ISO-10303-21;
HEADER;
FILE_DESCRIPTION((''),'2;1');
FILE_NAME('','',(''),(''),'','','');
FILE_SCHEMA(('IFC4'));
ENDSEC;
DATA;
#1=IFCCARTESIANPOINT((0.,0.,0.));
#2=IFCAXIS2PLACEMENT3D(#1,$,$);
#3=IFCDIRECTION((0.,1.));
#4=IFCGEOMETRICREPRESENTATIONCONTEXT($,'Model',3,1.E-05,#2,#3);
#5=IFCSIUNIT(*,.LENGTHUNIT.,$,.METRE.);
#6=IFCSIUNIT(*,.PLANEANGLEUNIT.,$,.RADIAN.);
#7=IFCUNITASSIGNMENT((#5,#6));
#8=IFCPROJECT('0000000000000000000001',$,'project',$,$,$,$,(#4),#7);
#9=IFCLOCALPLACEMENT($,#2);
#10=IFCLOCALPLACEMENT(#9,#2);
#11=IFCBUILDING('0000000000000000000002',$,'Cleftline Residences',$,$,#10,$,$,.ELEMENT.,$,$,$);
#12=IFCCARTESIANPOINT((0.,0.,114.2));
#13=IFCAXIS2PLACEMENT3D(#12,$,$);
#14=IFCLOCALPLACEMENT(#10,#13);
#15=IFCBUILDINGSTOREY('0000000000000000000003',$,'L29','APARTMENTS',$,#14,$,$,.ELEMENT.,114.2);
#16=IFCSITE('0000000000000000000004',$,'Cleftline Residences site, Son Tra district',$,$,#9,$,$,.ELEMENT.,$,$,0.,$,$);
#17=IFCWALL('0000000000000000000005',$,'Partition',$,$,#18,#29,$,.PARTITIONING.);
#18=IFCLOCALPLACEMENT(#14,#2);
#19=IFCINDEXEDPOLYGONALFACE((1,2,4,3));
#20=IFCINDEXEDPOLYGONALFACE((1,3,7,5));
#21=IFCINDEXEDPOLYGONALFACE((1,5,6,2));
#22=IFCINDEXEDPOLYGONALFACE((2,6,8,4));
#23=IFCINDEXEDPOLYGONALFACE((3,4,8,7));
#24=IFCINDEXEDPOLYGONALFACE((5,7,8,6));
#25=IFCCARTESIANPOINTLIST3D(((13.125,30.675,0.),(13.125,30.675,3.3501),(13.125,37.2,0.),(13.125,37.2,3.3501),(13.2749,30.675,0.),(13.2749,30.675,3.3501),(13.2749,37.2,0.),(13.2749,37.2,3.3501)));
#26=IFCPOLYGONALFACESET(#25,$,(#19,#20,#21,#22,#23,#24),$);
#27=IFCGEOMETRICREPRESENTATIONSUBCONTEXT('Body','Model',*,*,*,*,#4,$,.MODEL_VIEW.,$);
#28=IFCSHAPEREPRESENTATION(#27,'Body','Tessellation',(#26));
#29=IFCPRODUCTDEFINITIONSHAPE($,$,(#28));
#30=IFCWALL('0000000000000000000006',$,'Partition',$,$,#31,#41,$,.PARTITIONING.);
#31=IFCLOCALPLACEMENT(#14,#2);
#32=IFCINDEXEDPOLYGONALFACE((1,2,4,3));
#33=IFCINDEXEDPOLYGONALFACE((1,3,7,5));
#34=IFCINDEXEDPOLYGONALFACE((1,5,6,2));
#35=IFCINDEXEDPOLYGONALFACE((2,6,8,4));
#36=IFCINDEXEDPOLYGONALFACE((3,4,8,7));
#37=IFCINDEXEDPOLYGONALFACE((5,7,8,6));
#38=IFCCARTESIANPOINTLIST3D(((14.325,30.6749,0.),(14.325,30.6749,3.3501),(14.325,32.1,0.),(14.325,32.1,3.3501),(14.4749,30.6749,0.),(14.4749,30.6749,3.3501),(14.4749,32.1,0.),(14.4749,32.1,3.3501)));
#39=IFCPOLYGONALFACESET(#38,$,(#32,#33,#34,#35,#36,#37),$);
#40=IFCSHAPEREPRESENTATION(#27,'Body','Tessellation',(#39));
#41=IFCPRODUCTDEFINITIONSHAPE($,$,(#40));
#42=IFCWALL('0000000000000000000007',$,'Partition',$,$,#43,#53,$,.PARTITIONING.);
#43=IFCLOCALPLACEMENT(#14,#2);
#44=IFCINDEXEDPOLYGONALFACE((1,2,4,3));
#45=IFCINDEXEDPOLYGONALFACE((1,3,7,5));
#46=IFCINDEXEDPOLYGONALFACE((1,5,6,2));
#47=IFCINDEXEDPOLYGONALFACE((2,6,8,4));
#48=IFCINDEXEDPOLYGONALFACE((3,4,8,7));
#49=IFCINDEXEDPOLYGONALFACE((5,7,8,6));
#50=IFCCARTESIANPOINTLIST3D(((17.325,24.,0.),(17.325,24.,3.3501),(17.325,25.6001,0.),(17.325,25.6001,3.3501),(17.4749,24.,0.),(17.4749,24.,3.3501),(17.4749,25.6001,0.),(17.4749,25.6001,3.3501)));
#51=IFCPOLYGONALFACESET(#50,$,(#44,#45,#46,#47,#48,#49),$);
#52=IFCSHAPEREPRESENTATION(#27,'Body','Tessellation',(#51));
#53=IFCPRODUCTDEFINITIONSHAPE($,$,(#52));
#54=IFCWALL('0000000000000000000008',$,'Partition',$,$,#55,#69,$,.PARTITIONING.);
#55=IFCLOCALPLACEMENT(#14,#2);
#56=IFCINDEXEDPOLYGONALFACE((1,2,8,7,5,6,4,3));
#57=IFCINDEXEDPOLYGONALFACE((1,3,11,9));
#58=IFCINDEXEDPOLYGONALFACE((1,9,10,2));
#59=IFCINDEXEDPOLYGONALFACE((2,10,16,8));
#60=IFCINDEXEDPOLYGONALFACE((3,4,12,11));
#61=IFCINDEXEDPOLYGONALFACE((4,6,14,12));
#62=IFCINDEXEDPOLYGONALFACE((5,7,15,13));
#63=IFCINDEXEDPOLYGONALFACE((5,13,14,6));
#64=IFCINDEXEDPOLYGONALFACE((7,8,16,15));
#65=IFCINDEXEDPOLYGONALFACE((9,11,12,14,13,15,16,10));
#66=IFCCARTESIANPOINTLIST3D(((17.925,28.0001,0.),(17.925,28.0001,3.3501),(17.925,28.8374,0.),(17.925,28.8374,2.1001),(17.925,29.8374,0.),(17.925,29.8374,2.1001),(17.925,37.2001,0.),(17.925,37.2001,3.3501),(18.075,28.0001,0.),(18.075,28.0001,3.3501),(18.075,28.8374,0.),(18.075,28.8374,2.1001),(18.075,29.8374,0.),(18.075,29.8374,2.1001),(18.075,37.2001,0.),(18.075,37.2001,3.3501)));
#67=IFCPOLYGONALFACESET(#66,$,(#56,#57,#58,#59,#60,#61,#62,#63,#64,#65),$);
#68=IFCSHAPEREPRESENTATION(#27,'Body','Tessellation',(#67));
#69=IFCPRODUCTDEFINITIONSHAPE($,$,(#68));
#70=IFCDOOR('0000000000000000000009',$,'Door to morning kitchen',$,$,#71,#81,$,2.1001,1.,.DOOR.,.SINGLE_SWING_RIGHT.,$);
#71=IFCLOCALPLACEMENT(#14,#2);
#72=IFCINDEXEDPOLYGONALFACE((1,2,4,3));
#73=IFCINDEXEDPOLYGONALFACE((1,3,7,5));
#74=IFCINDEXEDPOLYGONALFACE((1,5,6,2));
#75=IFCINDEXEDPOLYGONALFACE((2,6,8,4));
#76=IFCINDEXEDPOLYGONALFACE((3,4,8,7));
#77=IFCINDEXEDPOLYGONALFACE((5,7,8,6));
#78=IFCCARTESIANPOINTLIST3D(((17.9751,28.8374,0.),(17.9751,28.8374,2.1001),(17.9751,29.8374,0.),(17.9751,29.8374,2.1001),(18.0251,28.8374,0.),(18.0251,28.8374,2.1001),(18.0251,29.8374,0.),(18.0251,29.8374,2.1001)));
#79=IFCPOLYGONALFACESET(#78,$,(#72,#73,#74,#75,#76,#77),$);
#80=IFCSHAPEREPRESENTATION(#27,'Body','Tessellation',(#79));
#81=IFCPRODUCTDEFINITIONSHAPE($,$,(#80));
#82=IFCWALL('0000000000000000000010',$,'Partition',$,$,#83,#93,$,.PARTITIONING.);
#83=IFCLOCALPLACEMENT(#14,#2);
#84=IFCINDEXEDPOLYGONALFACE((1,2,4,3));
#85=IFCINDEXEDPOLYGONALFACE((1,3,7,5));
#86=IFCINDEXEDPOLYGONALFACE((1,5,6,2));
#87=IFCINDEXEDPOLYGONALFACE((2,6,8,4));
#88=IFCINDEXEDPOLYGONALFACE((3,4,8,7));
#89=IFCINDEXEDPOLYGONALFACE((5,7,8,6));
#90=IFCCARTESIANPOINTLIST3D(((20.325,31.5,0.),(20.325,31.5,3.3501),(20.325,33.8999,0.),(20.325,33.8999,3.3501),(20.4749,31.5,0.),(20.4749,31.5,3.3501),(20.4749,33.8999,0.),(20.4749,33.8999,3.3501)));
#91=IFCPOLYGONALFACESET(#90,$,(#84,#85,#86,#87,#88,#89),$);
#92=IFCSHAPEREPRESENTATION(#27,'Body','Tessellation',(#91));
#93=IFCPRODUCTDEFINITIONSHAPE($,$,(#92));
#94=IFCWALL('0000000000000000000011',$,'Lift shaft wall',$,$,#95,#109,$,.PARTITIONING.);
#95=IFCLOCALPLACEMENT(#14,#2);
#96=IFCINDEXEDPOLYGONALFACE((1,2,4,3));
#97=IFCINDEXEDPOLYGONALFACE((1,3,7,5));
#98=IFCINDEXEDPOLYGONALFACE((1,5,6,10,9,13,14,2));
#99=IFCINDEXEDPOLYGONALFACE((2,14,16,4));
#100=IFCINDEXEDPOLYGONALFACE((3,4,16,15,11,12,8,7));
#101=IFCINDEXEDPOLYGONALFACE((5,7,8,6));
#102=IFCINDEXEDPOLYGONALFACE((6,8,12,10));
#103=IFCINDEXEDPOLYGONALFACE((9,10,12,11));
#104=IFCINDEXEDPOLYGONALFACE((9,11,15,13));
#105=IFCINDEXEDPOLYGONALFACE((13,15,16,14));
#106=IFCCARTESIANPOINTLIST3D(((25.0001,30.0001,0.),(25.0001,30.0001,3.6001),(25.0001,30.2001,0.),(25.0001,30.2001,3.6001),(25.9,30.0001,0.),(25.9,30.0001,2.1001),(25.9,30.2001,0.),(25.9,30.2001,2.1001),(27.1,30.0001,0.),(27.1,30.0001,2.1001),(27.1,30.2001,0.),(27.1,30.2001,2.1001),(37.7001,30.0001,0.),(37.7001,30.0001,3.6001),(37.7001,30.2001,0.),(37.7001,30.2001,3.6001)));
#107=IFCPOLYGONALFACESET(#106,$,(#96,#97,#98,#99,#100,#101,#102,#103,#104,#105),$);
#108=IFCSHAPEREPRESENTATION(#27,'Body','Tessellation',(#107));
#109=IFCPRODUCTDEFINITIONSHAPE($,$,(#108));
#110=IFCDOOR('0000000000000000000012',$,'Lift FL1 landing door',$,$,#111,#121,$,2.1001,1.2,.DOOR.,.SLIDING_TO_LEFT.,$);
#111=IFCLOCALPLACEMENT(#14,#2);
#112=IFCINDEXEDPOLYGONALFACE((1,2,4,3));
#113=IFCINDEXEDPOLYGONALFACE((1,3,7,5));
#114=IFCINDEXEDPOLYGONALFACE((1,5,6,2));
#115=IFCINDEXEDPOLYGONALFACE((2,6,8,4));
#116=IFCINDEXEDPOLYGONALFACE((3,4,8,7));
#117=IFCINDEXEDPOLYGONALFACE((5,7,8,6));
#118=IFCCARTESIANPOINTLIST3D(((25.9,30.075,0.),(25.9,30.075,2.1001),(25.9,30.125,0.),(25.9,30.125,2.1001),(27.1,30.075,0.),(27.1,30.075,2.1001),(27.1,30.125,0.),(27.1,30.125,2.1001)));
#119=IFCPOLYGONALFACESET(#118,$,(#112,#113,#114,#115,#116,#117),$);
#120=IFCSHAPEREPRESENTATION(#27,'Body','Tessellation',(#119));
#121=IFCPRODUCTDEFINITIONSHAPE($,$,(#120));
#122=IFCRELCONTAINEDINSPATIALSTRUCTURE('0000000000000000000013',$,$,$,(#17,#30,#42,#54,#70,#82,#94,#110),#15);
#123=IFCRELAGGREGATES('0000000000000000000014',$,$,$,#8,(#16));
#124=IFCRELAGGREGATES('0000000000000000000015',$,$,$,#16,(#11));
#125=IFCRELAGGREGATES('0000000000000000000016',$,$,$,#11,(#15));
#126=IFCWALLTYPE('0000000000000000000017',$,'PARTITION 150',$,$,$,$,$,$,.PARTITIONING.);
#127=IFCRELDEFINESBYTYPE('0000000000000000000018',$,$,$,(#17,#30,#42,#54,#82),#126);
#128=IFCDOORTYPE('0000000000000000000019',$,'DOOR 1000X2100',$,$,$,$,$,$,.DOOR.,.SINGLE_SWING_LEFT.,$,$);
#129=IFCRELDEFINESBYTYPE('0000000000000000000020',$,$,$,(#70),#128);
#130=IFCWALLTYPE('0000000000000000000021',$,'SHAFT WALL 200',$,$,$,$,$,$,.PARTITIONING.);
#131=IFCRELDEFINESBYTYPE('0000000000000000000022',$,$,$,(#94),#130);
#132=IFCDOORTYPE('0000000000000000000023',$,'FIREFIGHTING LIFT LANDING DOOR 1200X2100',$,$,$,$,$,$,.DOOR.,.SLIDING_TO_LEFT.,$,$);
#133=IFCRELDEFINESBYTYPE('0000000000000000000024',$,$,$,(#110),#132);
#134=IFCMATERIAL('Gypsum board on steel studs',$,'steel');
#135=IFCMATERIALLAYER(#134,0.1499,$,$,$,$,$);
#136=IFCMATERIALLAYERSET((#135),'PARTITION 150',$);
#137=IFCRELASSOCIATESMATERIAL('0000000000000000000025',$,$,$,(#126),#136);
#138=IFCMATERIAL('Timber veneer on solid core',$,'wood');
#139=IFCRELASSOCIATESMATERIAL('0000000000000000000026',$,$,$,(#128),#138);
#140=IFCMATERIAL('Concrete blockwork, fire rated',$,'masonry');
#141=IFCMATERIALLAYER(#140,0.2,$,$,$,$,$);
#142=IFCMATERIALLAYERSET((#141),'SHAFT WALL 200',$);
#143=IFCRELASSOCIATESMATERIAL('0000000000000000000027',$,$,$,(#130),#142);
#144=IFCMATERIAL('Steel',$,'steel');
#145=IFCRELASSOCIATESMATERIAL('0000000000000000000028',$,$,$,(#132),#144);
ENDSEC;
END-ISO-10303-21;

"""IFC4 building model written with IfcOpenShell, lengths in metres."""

from ifc_helpers import new_model, si_unit, direction, frame, frame_2d, origin, place, context, subcontext, project, spatial, rectangle, extrude, material, layer, layer_set, type_object, element, fill, save


model = new_model("IFC4")

# Units and contexts
model_context = context("Model", 3, precision=1e-05, world=origin(), true_north=direction((0.0, 1.0)))
body_context = subcontext(model_context, "Body", "Model", "MODEL_VIEW")
ifc_project = project(units=[si_unit("LENGTHUNIT", "METRE"), si_unit("PLANEANGLEUNIT", "RADIAN")], contexts=[model_context])

# Site, building, storey
site_placement = place(None, origin())
site = spatial("IfcSite", under=ifc_project, at=site_placement, Name="Cleftline Residences site, Son Tra district", CompositionType="ELEMENT", RefElevation=0.0)
building_placement = place(site_placement, origin())
building = spatial("IfcBuilding", under=site, at=building_placement, Name="Cleftline Residences", CompositionType="ELEMENT")
storey_placement = place(building_placement, frame((0.0, 0.0, 114.2)))
storey = spatial("IfcBuildingStorey", under=building, at=storey_placement, Name="L29", Description="APARTMENTS", CompositionType="ELEMENT", Elevation=114.2)

# Shared definitions
ifc_material_1 = material(Name="Gypsum board on steel studs", Category="steel")
ifc_layer_1 = layer(ifc_material_1, 0.1499)
ifc_layer_set_1 = layer_set([ifc_layer_1], Name="PARTITION 150")
wall_type_1 = type_object("IfcWallType", Name="PARTITION 150", PredefinedType="PARTITIONING", material=ifc_layer_set_1)
ifc_material_2 = material(Name="Timber veneer on solid core", Category="wood")
door_type_1 = type_object("IfcDoorType", Name="DOOR 1000X2100", OperationType="SINGLE_SWING_LEFT", PredefinedType="DOOR", material=ifc_material_2)

# Walls
wall_1_placement = place(storey_placement, frame((13.2, 30.675, 0.0), z_axis=(0.0, 0.0, 1.0), x_axis=(0.0, 1.0, 0.0)))
element("IfcWall", 1, at=wall_1_placement, inside=storey, type_object=wall_type_1, Name="Partition", PredefinedType="PARTITIONING", context=body_context, shape_type="SweptSolid", body=[
    extrude(rectangle(XDim=6.5249, YDim=0.1499, at=frame_2d((3.2625, 0.0))), origin(), (0.0, 0.0, 1.0), 3.3501),
])
wall_2_placement = place(storey_placement, frame((14.3999, 30.675, 0.0), z_axis=(0.0, 0.0, 1.0), x_axis=(0.0, 1.0, 0.0)))
element("IfcWall", 2, at=wall_2_placement, inside=storey, type_object=wall_type_1, Name="Partition", PredefinedType="PARTITIONING", context=body_context, shape_type="SweptSolid", body=[
    extrude(rectangle(XDim=1.425, YDim=0.1499, at=frame_2d((0.7124, 0.0))), origin(), (0.0, 0.0, 1.0), 3.3501),
])
wall_3_placement = place(storey_placement, frame((17.3999, 24.0, 0.0), z_axis=(0.0, 0.0, 1.0), x_axis=(0.0, 1.0, 0.0)))
element("IfcWall", 3, at=wall_3_placement, inside=storey, type_object=wall_type_1, Name="Partition", PredefinedType="PARTITIONING", context=body_context, shape_type="SweptSolid", body=[
    extrude(rectangle(XDim=1.6001, YDim=0.1499, at=frame_2d((0.8, 0.0))), origin(), (0.0, 0.0, 1.0), 3.3501),
])

# Wall, opening, door
wall_4_placement = place(storey_placement, frame((18.0, 28.0, 0.0), z_axis=(0.0, 0.0, 1.0), x_axis=(0.0, 1.0, 0.0)))
wall_4 = element("IfcWall", 4, at=wall_4_placement, inside=storey, type_object=wall_type_1, Name="Partition", PredefinedType="PARTITIONING", context=body_context, shape_type="SweptSolid", body=[
    extrude(rectangle(XDim=9.2, YDim=0.1499, at=frame_2d((4.6001, 0.0))), origin(), (0.0, 0.0, 1.0), 3.3501),
])
opening_1_placement = place(wall_4_placement, frame((0.8374, 0.0, 0.0)))
opening_1 = element("IfcOpeningElement", 5, at=opening_1_placement, cuts=wall_4, PredefinedType="OPENING", context=body_context, shape_type="SweptSolid", body=[
    extrude(rectangle(XDim=1.0, YDim=2.1001, at=frame_2d((0.5, 1.05))), frame((0.0, 0.085, 0.0), z_axis=(0.0, -1.0, 0.0), x_axis=(1.0, 0.0, 0.0)), (0.0, 0.0, 1.0), 0.1699),
])
door_1_placement = place(opening_1_placement, origin())
door_1 = element("IfcDoor", 6, at=door_1_placement, inside=storey, type_object=door_type_1, Name="Door to morning kitchen", OperationType="SINGLE_SWING_RIGHT", OverallHeight=2.1001, OverallWidth=1.0, PredefinedType="DOOR", context=body_context, shape_type="SweptSolid", body=[
    extrude(rectangle(XDim=1.0, YDim=2.1001, at=frame_2d((0.5, 1.05))), frame((0.0, 0.0249, 0.0), z_axis=(0.0, -1.0, 0.0), x_axis=(1.0, 0.0, 0.0)), (0.0, 0.0, 1.0), 0.05),
])
fill(opening_1, door_1)

# Wall
wall_5_placement = place(storey_placement, frame((20.3999, 31.5, 0.0), z_axis=(0.0, 0.0, 1.0), x_axis=(0.0, 1.0, 0.0)))
element("IfcWall", 7, at=wall_5_placement, inside=storey, type_object=wall_type_1, Name="Partition", PredefinedType="PARTITIONING", context=body_context, shape_type="SweptSolid", body=[
    extrude(rectangle(XDim=2.3999, YDim=0.1499, at=frame_2d((1.2, 0.0))), origin(), (0.0, 0.0, 1.0), 3.3501),
])

# Wall, opening, door
ifc_material_3 = material(Name="Concrete blockwork, fire rated", Category="masonry")
ifc_layer_2 = layer(ifc_material_3, 0.2)
ifc_layer_set_2 = layer_set([ifc_layer_2], Name="SHAFT WALL 200")
wall_type_2 = type_object("IfcWallType", Name="SHAFT WALL 200", PredefinedType="PARTITIONING", material=ifc_layer_set_2)
wall_6_placement = place(storey_placement, frame((25.0, 30.1001, 0.0), z_axis=(0.0, 0.0, 1.0), x_axis=(1.0, 0.0, 0.0)))
wall_6 = element("IfcWall", 8, at=wall_6_placement, inside=storey, type_object=wall_type_2, Name="Lift shaft wall", PredefinedType="PARTITIONING", context=body_context, shape_type="SweptSolid", body=[
    extrude(rectangle(XDim=12.7, YDim=0.2, at=frame_2d((6.3501, 0.0))), origin(), (0.0, 0.0, 1.0), 3.6001),
])
opening_2_placement = place(wall_6_placement, frame((0.8999, 0.0, 0.0)))
opening_2 = element("IfcOpeningElement", 9, at=opening_2_placement, cuts=wall_6, PredefinedType="OPENING", context=body_context, shape_type="SweptSolid", body=[
    extrude(rectangle(XDim=1.2, YDim=2.1001, at=frame_2d((0.6001, 1.05))), frame((0.0, 0.1099, 0.0), z_axis=(0.0, -1.0, 0.0), x_axis=(1.0, 0.0, 0.0)), (0.0, 0.0, 1.0), 0.22),
])
ifc_material_4 = material(Name="Steel", Category="steel")
door_type_2 = type_object("IfcDoorType", Name="FIREFIGHTING LIFT LANDING DOOR 1200X2100", OperationType="SLIDING_TO_LEFT", PredefinedType="DOOR", material=ifc_material_4)
door_2_placement = place(opening_2_placement, origin())
door_2 = element("IfcDoor", 10, at=door_2_placement, inside=storey, type_object=door_type_2, Name="Lift FL1 landing door", OperationType="SLIDING_TO_LEFT", OverallHeight=2.1001, OverallWidth=1.2, PredefinedType="DOOR", context=body_context, shape_type="SweptSolid", body=[
    extrude(rectangle(XDim=1.2, YDim=2.1001, at=frame_2d((0.6001, 1.05))), frame((0.0, 0.0249, 0.0), z_axis=(0.0, -1.0, 0.0), x_axis=(1.0, 0.0, 0.0)), (0.0, 0.0, 1.0), 0.05),
])
fill(opening_2, door_2)

save(model, "model.ifc")
